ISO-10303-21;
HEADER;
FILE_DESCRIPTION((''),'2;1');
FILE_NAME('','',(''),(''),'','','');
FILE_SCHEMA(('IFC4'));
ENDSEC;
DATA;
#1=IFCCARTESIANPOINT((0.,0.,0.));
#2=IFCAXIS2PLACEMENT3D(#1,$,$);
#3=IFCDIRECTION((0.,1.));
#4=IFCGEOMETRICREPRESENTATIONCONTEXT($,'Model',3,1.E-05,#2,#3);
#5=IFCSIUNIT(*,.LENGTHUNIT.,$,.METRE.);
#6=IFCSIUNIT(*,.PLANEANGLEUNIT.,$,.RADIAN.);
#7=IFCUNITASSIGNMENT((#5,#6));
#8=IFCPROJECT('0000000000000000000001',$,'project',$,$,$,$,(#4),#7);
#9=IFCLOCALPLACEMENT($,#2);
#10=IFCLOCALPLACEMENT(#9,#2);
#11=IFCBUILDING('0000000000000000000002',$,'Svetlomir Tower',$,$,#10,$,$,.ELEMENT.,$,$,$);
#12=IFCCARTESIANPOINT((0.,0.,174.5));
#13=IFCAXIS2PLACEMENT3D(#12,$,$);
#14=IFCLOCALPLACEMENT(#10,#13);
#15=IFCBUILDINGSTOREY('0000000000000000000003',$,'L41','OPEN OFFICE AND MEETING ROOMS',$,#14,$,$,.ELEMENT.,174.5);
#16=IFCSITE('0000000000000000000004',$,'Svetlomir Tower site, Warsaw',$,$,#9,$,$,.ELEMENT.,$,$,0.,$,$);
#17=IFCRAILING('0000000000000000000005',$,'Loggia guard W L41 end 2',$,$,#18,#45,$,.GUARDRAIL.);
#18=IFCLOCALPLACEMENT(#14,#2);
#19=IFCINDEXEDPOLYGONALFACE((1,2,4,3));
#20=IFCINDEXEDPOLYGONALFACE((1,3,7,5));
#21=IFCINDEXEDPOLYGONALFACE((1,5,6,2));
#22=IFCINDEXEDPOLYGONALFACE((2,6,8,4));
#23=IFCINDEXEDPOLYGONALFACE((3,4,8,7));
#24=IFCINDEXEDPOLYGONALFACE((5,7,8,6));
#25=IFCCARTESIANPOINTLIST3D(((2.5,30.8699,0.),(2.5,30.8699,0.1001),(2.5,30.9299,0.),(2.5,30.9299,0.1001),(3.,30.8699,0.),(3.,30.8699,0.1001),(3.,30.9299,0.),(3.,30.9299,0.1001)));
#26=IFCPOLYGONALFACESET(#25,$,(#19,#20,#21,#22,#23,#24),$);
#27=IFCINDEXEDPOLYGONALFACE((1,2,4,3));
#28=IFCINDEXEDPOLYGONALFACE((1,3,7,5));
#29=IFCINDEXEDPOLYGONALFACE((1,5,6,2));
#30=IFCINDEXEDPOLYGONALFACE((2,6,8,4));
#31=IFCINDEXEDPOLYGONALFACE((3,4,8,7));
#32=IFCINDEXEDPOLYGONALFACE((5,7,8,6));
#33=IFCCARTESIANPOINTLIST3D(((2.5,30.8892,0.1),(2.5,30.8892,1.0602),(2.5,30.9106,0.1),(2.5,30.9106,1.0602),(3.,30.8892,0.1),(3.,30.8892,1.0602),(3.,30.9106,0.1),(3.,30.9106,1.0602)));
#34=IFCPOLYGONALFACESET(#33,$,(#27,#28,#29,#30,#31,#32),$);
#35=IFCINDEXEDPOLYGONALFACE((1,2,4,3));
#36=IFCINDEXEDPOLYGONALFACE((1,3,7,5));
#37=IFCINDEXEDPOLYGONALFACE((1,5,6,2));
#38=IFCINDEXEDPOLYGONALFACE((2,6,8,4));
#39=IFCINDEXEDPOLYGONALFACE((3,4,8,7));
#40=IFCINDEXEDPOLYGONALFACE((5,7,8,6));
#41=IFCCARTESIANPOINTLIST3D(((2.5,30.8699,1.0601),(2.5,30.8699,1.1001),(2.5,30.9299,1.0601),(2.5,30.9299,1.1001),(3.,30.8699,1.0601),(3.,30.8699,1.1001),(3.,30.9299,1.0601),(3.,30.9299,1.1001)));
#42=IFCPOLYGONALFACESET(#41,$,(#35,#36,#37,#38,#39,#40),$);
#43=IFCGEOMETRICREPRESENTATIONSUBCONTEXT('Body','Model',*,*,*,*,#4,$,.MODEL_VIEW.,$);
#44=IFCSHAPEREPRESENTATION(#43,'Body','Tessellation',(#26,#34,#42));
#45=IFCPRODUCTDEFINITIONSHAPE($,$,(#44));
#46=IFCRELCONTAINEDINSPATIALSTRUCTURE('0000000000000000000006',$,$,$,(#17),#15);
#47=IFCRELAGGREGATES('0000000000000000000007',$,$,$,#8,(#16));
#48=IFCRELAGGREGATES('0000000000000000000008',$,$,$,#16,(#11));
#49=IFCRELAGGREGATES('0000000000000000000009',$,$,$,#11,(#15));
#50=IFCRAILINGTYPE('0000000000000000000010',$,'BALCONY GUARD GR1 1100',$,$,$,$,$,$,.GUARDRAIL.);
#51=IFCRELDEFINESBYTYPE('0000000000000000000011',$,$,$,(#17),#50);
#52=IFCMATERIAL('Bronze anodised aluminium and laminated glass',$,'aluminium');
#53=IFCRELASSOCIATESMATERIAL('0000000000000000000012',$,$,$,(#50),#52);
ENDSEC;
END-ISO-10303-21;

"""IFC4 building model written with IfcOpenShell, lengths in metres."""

from ifc_helpers import new_model, si_unit, direction, frame, origin, origin_2d, place, context, subcontext, project, spatial, rectangle, extrude, material, type_object, element, save


model = new_model("IFC4")

# Units and contexts
model_context = context("Model", 3, precision=1e-05, world=origin(), true_north=direction((0.0, 1.0)))
body_context = subcontext(model_context, "Body", "Model", "MODEL_VIEW")
ifc_project = project(units=[si_unit("LENGTHUNIT", "METRE"), si_unit("PLANEANGLEUNIT", "RADIAN")], contexts=[model_context])

# Site, building, storey
site_placement = place(None, origin())
site = spatial("IfcSite", under=ifc_project, at=site_placement, Name="Svetlomir Tower site, Warsaw", CompositionType="ELEMENT", RefElevation=0.0)
building_placement = place(site_placement, origin())
building = spatial("IfcBuilding", under=site, at=building_placement, Name="Svetlomir Tower", CompositionType="ELEMENT")
storey_placement = place(building_placement, frame((0.0, 0.0, 174.5)))
storey = spatial("IfcBuildingStorey", under=building, at=storey_placement, Name="L41", Description="OPEN OFFICE AND MEETING ROOMS", CompositionType="ELEMENT", Elevation=174.5)

# Railing
ifc_material_1 = material(Name="Bronze anodised aluminium and laminated glass", Category="aluminium")
railing_type = type_object("IfcRailingType", Name="BALCONY GUARD GR1 1100", PredefinedType="GUARDRAIL", material=ifc_material_1)
railing_1_placement = place(storey_placement, frame((2.5, 30.8999, 0.0)))
element("IfcRailing", 1, at=railing_1_placement, inside=storey, type_object=railing_type, Name="Loggia guard W L41 end 2", PredefinedType="GUARDRAIL", context=body_context, shape_type="SweptSolid", body=[
    extrude(rectangle(XDim=0.0601, YDim=0.1001, at=origin_2d()), frame((0.0, 0.0, 0.05), z_axis=(1.0, 0.0, 0.0), x_axis=(0.0, 1.0, 0.0)), (0.0, 0.0, 1.0), 0.5),
    extrude(rectangle(XDim=0.0215, YDim=0.9602, at=origin_2d()), frame((0.0, 0.0, 0.5801), z_axis=(1.0, 0.0, 0.0), x_axis=(0.0, 1.0, 0.0)), (0.0, 0.0, 1.0), 0.5),
    extrude(rectangle(XDim=0.0601, YDim=0.04, at=origin_2d()), frame((0.0, 0.0, 1.0801), z_axis=(1.0, 0.0, 0.0), x_axis=(0.0, 1.0, 0.0)), (0.0, 0.0, 1.0), 0.5),
])

save(model, "model.ifc")
